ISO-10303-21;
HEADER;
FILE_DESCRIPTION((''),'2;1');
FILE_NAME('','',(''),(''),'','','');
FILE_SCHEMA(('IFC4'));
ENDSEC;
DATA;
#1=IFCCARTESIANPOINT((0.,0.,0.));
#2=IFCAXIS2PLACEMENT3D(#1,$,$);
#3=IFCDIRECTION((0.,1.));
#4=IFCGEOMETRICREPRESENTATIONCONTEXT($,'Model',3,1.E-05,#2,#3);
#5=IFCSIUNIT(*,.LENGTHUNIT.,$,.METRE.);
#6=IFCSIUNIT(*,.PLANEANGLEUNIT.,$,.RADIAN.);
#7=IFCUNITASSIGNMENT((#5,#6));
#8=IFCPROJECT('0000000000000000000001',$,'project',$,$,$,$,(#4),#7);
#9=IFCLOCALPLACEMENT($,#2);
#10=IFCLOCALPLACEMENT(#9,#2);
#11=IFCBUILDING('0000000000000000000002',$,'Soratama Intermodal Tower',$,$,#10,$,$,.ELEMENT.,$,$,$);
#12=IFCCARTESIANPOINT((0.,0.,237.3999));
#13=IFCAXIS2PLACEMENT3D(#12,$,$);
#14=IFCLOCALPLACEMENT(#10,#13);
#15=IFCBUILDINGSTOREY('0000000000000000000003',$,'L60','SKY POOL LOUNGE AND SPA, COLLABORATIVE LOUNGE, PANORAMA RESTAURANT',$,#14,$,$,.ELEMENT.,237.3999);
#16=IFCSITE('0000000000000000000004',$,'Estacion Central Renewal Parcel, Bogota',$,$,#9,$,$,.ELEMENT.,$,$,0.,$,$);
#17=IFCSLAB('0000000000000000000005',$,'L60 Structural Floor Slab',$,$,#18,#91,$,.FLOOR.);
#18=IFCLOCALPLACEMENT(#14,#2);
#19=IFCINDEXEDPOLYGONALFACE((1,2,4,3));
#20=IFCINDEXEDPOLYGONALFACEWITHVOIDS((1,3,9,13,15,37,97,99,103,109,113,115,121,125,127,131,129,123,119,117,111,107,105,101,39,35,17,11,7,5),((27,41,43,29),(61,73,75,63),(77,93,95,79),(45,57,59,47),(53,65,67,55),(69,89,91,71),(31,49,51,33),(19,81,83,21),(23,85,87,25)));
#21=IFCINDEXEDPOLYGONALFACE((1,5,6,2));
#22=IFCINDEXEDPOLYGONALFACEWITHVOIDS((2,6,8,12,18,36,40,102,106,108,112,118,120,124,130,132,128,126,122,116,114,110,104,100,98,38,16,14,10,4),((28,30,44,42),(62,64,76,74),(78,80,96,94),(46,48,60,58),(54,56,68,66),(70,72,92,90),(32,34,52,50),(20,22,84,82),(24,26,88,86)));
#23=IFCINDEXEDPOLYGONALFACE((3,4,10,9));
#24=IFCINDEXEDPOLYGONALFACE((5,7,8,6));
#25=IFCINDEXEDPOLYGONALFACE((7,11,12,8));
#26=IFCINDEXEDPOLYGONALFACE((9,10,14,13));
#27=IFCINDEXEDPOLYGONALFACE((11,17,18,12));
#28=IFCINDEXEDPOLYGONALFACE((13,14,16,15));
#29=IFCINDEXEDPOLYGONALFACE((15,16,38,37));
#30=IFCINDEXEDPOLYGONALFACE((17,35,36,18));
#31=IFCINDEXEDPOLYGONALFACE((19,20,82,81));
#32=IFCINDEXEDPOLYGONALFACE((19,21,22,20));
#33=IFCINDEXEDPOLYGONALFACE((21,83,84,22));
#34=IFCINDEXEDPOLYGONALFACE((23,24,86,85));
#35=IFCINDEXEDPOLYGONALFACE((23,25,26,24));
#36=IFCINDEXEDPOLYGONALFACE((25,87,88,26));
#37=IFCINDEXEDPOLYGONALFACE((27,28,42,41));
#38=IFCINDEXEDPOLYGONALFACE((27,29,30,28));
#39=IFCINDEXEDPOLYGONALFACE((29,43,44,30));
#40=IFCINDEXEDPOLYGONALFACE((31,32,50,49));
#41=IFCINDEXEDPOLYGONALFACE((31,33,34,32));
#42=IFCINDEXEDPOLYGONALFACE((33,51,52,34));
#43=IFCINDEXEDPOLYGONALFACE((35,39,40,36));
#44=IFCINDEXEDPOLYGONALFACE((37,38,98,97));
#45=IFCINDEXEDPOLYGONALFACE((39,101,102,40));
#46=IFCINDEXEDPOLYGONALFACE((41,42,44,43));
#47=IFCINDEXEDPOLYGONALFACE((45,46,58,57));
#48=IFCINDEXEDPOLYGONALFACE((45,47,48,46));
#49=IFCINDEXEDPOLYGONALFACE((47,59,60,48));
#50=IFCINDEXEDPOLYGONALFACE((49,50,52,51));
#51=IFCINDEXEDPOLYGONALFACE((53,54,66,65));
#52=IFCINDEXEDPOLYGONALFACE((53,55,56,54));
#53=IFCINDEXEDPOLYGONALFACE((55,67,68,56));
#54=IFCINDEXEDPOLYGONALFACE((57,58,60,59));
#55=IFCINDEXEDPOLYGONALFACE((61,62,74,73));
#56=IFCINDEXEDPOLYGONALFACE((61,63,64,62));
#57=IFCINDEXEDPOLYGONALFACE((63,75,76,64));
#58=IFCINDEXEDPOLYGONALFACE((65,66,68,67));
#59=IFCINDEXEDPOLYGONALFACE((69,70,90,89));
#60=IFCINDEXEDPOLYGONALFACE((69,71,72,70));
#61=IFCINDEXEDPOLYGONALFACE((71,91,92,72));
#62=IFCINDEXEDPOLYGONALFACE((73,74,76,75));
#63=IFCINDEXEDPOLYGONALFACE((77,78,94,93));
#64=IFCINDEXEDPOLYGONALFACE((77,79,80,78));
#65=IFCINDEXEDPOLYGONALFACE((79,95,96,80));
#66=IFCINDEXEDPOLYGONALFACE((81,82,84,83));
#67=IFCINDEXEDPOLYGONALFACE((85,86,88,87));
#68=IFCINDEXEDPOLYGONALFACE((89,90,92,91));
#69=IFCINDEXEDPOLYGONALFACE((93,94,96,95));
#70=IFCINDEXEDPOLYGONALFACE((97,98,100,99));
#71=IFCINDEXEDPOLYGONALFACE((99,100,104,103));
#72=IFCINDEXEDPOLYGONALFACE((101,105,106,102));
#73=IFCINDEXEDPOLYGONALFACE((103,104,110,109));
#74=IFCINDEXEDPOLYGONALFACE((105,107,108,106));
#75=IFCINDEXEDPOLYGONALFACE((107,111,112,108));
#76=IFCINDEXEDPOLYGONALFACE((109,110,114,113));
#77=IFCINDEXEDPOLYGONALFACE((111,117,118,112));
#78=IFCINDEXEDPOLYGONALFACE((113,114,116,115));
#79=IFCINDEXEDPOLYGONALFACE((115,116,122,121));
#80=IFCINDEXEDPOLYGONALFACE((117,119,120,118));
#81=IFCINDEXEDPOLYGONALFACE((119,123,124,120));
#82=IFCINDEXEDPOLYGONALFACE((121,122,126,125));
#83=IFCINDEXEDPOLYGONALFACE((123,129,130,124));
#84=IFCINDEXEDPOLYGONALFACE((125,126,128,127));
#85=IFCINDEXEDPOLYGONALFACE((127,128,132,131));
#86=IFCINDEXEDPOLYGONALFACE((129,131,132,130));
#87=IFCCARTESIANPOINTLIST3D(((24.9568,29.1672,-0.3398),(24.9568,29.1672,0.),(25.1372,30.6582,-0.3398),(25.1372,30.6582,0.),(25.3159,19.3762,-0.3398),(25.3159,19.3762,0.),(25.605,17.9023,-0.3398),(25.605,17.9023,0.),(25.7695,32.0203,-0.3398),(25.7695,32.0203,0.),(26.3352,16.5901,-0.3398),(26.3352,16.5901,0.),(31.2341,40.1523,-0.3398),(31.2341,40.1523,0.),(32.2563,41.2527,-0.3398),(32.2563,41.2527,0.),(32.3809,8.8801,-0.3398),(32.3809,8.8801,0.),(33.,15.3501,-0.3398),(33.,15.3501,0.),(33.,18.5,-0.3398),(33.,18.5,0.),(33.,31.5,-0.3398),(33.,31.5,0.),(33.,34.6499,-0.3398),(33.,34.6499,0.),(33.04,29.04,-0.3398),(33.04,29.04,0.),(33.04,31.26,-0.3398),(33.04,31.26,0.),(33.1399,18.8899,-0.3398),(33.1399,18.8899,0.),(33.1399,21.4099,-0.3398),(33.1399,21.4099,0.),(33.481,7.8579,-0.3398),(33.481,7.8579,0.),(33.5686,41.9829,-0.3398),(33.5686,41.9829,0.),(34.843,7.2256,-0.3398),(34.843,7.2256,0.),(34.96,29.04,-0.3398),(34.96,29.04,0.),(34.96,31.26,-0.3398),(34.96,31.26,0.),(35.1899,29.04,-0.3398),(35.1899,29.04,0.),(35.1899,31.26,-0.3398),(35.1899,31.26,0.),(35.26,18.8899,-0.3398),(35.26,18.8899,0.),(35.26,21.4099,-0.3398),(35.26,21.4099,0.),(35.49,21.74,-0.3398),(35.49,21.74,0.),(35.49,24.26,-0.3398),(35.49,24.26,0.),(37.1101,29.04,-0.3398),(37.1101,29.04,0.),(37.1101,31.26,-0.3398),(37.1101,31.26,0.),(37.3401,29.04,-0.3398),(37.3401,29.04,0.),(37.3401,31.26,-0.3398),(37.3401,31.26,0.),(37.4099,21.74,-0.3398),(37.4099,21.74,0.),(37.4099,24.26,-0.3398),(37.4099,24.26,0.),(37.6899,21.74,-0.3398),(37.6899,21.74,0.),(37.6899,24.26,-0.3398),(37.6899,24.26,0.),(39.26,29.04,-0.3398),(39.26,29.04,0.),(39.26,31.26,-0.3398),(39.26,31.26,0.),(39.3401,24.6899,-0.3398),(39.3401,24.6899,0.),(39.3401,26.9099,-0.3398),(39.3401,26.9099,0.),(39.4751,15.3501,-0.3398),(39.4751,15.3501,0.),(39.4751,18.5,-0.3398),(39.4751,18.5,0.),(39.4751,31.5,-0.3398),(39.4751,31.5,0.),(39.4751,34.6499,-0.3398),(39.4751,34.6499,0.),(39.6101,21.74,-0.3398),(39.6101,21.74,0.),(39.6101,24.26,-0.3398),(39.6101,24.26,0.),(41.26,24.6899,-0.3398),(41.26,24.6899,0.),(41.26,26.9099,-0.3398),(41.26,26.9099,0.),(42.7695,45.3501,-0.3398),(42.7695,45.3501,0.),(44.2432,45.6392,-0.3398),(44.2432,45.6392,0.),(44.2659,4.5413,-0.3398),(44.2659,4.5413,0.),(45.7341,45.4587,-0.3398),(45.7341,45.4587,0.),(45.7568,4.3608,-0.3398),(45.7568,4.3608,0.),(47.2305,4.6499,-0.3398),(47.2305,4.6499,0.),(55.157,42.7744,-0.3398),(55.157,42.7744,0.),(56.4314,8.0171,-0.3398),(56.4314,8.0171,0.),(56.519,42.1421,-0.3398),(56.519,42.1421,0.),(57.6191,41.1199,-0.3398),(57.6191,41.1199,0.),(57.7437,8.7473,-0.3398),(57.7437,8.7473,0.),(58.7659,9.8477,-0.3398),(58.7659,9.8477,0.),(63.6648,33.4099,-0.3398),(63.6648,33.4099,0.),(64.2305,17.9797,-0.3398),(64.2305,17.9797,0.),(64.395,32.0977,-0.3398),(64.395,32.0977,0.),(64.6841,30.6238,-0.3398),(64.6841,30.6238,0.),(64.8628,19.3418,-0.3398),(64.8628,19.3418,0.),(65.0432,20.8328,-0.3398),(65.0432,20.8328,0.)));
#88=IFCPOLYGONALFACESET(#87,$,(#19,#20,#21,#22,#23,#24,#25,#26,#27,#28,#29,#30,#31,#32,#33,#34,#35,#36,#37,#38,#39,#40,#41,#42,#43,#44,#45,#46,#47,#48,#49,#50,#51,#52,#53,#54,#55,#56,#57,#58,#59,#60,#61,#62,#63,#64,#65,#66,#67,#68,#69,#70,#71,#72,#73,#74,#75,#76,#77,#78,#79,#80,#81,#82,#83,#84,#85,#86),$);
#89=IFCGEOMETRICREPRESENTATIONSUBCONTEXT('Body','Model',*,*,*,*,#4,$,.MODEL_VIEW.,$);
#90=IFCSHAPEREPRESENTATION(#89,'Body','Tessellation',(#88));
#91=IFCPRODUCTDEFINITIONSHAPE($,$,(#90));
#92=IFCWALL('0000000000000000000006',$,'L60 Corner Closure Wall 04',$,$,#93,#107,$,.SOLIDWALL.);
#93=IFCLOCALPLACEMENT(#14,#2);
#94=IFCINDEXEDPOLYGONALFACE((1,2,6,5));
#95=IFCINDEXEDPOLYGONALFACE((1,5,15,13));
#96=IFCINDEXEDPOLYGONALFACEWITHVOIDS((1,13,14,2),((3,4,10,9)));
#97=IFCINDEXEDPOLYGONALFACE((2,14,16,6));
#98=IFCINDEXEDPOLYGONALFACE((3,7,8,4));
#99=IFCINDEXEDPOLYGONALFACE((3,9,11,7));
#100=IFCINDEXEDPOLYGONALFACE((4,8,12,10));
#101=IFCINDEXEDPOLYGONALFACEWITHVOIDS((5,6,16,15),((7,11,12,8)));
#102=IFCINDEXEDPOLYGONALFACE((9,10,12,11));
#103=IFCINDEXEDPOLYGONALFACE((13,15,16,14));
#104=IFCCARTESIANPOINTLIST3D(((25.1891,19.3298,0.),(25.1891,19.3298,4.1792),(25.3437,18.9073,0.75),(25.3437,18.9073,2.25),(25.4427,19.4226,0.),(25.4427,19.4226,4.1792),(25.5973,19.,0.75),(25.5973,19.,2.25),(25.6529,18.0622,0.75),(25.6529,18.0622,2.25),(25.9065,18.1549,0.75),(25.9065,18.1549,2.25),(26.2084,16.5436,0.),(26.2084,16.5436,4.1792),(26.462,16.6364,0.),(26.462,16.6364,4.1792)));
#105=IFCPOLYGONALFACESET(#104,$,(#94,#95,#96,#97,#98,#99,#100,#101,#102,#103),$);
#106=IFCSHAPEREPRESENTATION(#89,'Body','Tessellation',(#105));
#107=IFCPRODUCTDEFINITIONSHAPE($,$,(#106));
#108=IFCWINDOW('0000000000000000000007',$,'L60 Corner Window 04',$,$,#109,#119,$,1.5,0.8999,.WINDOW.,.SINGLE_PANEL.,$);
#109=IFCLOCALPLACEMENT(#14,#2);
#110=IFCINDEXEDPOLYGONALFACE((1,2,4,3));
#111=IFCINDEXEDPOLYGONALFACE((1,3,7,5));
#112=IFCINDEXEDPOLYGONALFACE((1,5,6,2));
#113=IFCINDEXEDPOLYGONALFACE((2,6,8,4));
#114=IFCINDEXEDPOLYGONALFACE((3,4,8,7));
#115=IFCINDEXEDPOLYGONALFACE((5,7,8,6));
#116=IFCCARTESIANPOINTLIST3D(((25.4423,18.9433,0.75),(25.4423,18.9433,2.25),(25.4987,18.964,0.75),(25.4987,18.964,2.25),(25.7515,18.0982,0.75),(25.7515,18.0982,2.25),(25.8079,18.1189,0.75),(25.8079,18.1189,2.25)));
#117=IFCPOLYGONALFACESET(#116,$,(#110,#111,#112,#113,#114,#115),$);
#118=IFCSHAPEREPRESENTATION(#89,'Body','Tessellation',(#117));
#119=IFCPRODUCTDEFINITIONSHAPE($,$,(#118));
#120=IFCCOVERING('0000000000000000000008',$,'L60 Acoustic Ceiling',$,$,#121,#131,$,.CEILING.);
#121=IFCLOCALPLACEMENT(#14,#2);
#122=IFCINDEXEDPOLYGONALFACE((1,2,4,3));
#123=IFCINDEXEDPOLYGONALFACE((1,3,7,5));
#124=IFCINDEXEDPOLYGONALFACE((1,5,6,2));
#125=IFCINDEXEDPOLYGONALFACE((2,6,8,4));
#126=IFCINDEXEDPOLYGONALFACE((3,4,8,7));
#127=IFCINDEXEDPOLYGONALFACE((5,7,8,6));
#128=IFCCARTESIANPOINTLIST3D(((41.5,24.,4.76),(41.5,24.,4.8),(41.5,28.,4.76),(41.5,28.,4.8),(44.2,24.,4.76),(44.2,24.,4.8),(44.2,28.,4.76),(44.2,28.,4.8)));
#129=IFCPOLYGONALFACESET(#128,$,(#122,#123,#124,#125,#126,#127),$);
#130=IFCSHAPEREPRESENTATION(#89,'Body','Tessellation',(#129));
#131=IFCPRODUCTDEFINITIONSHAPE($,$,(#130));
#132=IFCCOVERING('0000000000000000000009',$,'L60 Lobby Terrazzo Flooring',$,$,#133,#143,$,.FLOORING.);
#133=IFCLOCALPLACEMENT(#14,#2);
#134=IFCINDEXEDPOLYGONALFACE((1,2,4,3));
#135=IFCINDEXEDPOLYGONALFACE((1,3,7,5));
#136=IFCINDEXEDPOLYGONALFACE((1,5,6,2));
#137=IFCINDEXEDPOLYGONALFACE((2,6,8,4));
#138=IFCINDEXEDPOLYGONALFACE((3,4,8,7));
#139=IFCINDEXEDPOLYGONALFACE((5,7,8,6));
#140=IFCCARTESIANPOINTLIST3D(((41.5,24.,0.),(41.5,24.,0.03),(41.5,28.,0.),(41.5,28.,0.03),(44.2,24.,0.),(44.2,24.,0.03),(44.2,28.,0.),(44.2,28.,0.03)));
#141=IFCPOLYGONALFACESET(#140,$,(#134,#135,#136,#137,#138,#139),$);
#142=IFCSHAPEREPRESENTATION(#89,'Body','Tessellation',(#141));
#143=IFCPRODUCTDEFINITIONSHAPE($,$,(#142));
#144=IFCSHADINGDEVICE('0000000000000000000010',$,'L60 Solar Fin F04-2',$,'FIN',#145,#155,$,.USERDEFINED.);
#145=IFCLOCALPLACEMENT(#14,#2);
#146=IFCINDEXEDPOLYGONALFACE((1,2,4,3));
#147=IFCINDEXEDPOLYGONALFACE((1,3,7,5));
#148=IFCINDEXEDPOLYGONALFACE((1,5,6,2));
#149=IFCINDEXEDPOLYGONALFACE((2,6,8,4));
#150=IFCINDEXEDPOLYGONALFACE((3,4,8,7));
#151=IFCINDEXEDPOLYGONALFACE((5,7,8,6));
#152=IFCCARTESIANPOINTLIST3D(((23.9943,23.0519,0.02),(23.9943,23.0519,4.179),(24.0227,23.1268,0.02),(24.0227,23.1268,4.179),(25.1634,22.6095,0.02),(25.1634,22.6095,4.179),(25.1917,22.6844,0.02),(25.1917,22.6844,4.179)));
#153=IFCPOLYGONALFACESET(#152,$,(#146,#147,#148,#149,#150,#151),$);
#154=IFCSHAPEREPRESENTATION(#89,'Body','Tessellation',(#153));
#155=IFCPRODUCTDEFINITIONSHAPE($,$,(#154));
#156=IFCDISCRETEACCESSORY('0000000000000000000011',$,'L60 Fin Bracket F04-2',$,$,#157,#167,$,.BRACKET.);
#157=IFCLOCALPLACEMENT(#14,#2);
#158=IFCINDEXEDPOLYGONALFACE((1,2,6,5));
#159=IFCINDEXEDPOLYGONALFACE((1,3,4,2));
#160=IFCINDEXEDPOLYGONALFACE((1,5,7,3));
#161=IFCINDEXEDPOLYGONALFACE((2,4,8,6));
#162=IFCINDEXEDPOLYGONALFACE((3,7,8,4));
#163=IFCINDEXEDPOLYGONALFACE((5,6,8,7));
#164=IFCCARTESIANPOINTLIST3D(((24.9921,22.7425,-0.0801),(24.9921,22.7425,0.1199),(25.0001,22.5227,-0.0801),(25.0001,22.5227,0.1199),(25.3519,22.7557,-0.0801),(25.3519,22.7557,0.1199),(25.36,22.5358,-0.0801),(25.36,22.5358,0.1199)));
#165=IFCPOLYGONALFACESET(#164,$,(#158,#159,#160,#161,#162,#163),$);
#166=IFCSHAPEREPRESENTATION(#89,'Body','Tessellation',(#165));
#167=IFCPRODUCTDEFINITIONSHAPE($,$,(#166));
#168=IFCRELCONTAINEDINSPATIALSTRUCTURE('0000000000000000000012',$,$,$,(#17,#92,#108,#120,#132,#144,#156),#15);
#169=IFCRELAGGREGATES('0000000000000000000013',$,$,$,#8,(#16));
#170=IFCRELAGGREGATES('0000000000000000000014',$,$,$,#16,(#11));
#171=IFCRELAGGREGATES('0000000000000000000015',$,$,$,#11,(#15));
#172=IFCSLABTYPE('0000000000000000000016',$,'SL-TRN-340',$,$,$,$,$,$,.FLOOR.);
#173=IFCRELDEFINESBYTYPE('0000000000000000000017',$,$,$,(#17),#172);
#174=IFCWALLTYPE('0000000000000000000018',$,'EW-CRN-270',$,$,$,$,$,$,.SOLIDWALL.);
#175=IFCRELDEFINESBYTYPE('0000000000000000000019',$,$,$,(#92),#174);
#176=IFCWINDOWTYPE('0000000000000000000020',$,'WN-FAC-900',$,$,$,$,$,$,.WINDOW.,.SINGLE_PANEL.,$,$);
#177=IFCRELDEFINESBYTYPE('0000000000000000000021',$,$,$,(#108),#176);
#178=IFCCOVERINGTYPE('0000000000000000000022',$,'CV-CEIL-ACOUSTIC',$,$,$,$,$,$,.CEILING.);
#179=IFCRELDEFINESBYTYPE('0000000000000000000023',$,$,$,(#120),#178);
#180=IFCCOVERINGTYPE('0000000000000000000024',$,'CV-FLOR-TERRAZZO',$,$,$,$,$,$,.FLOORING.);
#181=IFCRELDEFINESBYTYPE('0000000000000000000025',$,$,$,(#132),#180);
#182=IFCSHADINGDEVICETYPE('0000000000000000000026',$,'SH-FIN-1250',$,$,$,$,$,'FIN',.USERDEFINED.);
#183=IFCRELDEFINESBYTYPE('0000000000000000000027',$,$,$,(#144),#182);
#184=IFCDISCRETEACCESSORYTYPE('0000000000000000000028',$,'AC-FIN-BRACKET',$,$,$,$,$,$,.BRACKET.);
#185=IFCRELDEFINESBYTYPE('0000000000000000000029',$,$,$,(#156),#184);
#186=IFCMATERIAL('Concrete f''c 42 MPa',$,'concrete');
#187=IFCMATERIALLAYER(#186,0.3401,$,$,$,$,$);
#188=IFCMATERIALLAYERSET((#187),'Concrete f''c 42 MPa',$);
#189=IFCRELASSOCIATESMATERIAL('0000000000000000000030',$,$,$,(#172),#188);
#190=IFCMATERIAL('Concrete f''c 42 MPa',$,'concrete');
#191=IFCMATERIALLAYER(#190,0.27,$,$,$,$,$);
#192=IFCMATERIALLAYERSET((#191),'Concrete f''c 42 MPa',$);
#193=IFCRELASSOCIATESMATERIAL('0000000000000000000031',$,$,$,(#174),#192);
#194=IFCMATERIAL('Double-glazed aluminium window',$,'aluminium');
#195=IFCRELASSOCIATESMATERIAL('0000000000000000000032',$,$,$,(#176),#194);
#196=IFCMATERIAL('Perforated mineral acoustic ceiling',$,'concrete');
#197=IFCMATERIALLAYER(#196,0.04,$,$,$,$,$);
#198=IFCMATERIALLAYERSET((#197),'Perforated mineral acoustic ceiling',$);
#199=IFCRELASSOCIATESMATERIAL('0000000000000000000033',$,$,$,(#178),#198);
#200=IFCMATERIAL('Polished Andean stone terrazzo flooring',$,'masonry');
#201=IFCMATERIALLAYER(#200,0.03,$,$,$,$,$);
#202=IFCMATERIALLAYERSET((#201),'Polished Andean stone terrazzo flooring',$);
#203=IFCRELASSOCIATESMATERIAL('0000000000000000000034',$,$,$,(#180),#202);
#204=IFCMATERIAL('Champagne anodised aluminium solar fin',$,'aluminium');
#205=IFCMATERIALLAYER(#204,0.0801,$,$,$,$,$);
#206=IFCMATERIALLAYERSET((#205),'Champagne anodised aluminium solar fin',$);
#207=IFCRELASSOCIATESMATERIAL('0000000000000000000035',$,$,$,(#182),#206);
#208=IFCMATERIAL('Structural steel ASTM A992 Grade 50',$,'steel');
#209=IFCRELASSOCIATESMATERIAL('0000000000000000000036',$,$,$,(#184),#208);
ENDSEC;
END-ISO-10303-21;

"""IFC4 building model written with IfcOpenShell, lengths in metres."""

from ifc_helpers import new_model, si_unit, direction, frame, frame_2d, origin, origin_2d, place, context, subcontext, project, spatial, polyline, rectangle, outline, extrude, material, layer, layer_set, type_object, element, fill, save


model = new_model("IFC4")

# Units and contexts
model_context = context("Model", 3, precision=1e-05, world=origin(), true_north=direction((0.0, 1.0)))
body_context = subcontext(model_context, "Body", "Model", "MODEL_VIEW")
ifc_project = project(units=[si_unit("LENGTHUNIT", "METRE"), si_unit("PLANEANGLEUNIT", "RADIAN")], contexts=[model_context])

# Site, building, storey
site_placement = place(None, origin())
site = spatial("IfcSite", under=ifc_project, at=site_placement, Name="Estacion Central Renewal Parcel, Bogota", CompositionType="ELEMENT", RefElevation=0.0)
building_placement = place(site_placement, origin())
building = spatial("IfcBuilding", under=site, at=building_placement, Name="Soratama Intermodal Tower", CompositionType="ELEMENT")
storey_placement = place(building_placement, frame((0.0, 0.0, 237.3999)))
storey = spatial("IfcBuildingStorey", under=building, at=storey_placement, Name="L60", Description="SKY POOL LOUNGE AND SPA, COLLABORATIVE LOUNGE, PANORAMA RESTAURANT", CompositionType="ELEMENT", Elevation=237.3999)

# Slab
ifc_material_1 = material(Name="Concrete f'c 42 MPa", Category="concrete")
ifc_layer_1 = layer(ifc_material_1, 0.3401)
ifc_layer_set_1 = layer_set([ifc_layer_1], Name="Concrete f'c 42 MPa")
slab_type_1 = type_object("IfcSlabType", Name="SL-TRN-340", PredefinedType="FLOOR", material=ifc_layer_set_1)
slab_1_placement = place(storey_placement, frame((0.0, 0.0, -0.3398)))
element("IfcSlab", 1, at=slab_1_placement, inside=storey, type_object=slab_type_1, Name="L60 Structural Floor Slab", PredefinedType="FLOOR", context=body_context, shape_type="SweptSolid", body=[
    extrude(outline(polyline([(57.6191, 41.1199), (56.519, 42.1421), (55.157, 42.7744), (45.7341, 45.4587), (44.2432, 45.6392), (42.7695, 45.3501), (33.5686, 41.9829), (32.2563, 41.2527), (31.2341, 40.1523), (25.7695, 32.0203), (25.1372, 30.6582), (24.9568, 29.1672), (25.3159, 19.3762), (25.605, 17.9023), (26.3352, 16.5901), (32.3809, 8.8801), (33.481, 7.8579), (34.843, 7.2256), (44.2659, 4.5413), (45.7568, 4.3608), (47.2305, 4.6499), (56.4314, 8.0171), (57.7437, 8.7473), (58.7659, 9.8477), (64.2305, 17.9797), (64.8628, 19.3418), (65.0432, 20.8328), (64.6841, 30.6238), (64.395, 32.0977), (63.6648, 33.4099), (57.6191, 41.1199)]), holes=[polyline([(33.0, 18.5), (33.0, 15.3501), (39.4751, 15.3501), (39.4751, 18.5), (33.0, 18.5)]), polyline([(35.26, 21.4099), (33.1399, 21.4099), (33.1399, 18.8899), (35.26, 18.8899), (35.26, 21.4099)]), polyline([(37.4099, 24.26), (35.49, 24.26), (35.49, 21.74), (37.4099, 21.74), (37.4099, 24.26)]), polyline([(39.6101, 24.26), (37.6899, 24.26), (37.6899, 21.74), (39.6101, 21.74), (39.6101, 24.26)]), polyline([(41.26, 26.9099), (39.3401, 26.9099), (39.3401, 24.6899), (41.26, 24.6899), (41.26, 26.9099)]), polyline([(34.96, 31.26), (33.04, 31.26), (33.04, 29.04), (34.96, 29.04), (34.96, 31.26)]), polyline([(37.1101, 31.26), (35.1899, 31.26), (35.1899, 29.04), (37.1101, 29.04), (37.1101, 31.26)]), polyline([(39.26, 29.04), (39.26, 31.26), (37.3401, 31.26), (37.3401, 29.04), (39.26, 29.04)]), polyline([(39.4751, 34.6499), (33.0, 34.6499), (33.0, 31.5), (39.4751, 31.5), (39.4751, 34.6499)])]), origin(), (0.0, 0.0, 1.0), 0.3398),
])

# Wall, opening, window
ifc_material_2 = material(Name="Concrete f'c 42 MPa", Category="concrete")
ifc_layer_2 = layer(ifc_material_2, 0.27)
ifc_layer_set_2 = layer_set([ifc_layer_2], Name="Concrete f'c 42 MPa")
wall_type = type_object("IfcWallType", Name="EW-CRN-270", PredefinedType="SOLIDWALL", material=ifc_layer_set_2)
wall_placement = place(storey_placement, frame((25.3159, 19.3762, 0.0), z_axis=(0.0, 0.0, 1.0), x_axis=(0.343573, -0.939126, 0.0)))
wall = element("IfcWall", 2, at=wall_placement, inside=storey, type_object=wall_type, Name="L60 Corner Closure Wall 04", PredefinedType="SOLIDWALL", context=body_context, shape_type="SweptSolid", body=[
    extrude(rectangle(XDim=2.9668, YDim=0.27, at=frame_2d((1.4834, 0.0))), origin(), (0.0, 0.0, 1.0), 4.1792),
])
opening_placement = place(wall_placement, frame((0.45, 0.0, 0.75)))
opening = element("IfcOpeningElement", 3, at=opening_placement, cuts=wall, PredefinedType="OPENING", context=body_context, shape_type="SweptSolid", body=[
    extrude(rectangle(XDim=0.8999, YDim=1.5, at=frame_2d((0.45, 0.75))), frame((0.0, 0.145, 0.0), z_axis=(0.0, -1.0, 0.0), x_axis=(1.0, 0.0, 0.0)), (0.0, 0.0, 1.0), 0.29),
])
ifc_material_3 = material(Name="Double-glazed aluminium window", Category="aluminium")
window_type = type_object("IfcWindowType", Name="WN-FAC-900", PartitioningType="SINGLE_PANEL", PredefinedType="WINDOW", material=ifc_material_3)
window_placement = place(opening_placement, origin())
window = element("IfcWindow", 4, at=window_placement, inside=storey, type_object=window_type, Name="L60 Corner Window 04", OverallHeight=1.5, OverallWidth=0.8999, PartitioningType="SINGLE_PANEL", PredefinedType="WINDOW", context=body_context, shape_type="SweptSolid", body=[
    extrude(rectangle(XDim=0.8999, YDim=1.5, at=frame_2d((0.45, 0.75))), frame((0.0, 0.03, 0.0), z_axis=(0.0, -1.0, 0.0), x_axis=(1.0, 0.0, 0.0)), (0.0, 0.0, 1.0), 0.0601),
])
fill(opening, window)

# Coverings
ifc_material_4 = material(Name="Perforated mineral acoustic ceiling", Category="concrete")
ifc_layer_3 = layer(ifc_material_4, 0.04)
ifc_layer_set_3 = layer_set([ifc_layer_3], Name="Perforated mineral acoustic ceiling")
covering_type_1 = type_object("IfcCoveringType", Name="CV-CEIL-ACOUSTIC", PredefinedType="CEILING", material=ifc_layer_set_3)
covering_1_placement = place(storey_placement, frame((0.0, 0.0, 4.76)))
element("IfcCovering", 5, at=covering_1_placement, inside=storey, type_object=covering_type_1, Name="L60 Acoustic Ceiling", PredefinedType="CEILING", context=body_context, shape_type="SweptSolid", body=[
    extrude(outline(polyline([(41.5, 24.0), (44.2, 24.0), (44.2, 28.0), (41.5, 28.0), (41.5, 24.0)])), origin(), (0.0, 0.0, 1.0), 0.04),
])
ifc_material_5 = material(Name="Polished Andean stone terrazzo flooring", Category="masonry")
ifc_layer_4 = layer(ifc_material_5, 0.03)
ifc_layer_set_4 = layer_set([ifc_layer_4], Name="Polished Andean stone terrazzo flooring")
covering_type_2 = type_object("IfcCoveringType", Name="CV-FLOR-TERRAZZO", PredefinedType="FLOORING", material=ifc_layer_set_4)
covering_2_placement = place(storey_placement, origin())
element("IfcCovering", 6, at=covering_2_placement, inside=storey, type_object=covering_type_2, Name="L60 Lobby Terrazzo Flooring", PredefinedType="FLOORING", context=body_context, shape_type="SweptSolid", body=[
    extrude(outline(polyline([(41.5, 24.0), (44.2, 24.0), (44.2, 28.0), (41.5, 28.0), (41.5, 24.0)])), origin(), (0.0, 0.0, 1.0), 0.03),
])

# Shading device
ifc_material_6 = material(Name="Champagne anodised aluminium solar fin", Category="aluminium")
ifc_layer_5 = layer(ifc_material_6, 0.0801)
ifc_layer_set_5 = layer_set([ifc_layer_5], Name="Champagne anodised aluminium solar fin")
shading_device_type = type_object("IfcShadingDeviceType", Name="SH-FIN-1250", ElementType="FIN", PredefinedType="USERDEFINED", material=ifc_layer_set_5)
shading_device_placement = place(storey_placement, frame((24.593, 22.8682, 0.02), z_axis=(0.0, 0.0, 1.0), x_axis=(-0.935259, 0.353965, 0.0)))
element("IfcShadingDevice", 7, at=shading_device_placement, inside=storey, type_object=shading_device_type, Name="L60 Solar Fin F04-2", ObjectType="FIN", PredefinedType="USERDEFINED", context=body_context, shape_type="SweptSolid", body=[
    extrude(rectangle(XDim=1.25, YDim=0.0801, at=origin_2d()), origin(), (0.0, 0.0, 1.0), 4.1589),
])

# Discrete accessory
ifc_material_7 = material(Name="Structural steel ASTM A992 Grade 50", Category="steel")
discrete_accessory_type = type_object("IfcDiscreteAccessoryType", Name="AC-FIN-BRACKET", PredefinedType="BRACKET", material=ifc_material_7)
discrete_accessory_placement = place(storey_placement, frame((25.176, 22.6392, -0.0801), z_axis=(0.0, 0.0, 1.0), x_axis=(-0.999328, -0.036644, 0.0)))
element("IfcDiscreteAccessory", 8, at=discrete_accessory_placement, inside=storey, type_object=discrete_accessory_type, Name="L60 Fin Bracket F04-2", PredefinedType="BRACKET", context=body_context, shape_type="SweptSolid", body=[
    extrude(rectangle(XDim=0.3601, YDim=0.22, at=origin_2d()), origin(), (0.0, 0.0, 1.0), 0.2),
])

save(model, "model.ifc")
